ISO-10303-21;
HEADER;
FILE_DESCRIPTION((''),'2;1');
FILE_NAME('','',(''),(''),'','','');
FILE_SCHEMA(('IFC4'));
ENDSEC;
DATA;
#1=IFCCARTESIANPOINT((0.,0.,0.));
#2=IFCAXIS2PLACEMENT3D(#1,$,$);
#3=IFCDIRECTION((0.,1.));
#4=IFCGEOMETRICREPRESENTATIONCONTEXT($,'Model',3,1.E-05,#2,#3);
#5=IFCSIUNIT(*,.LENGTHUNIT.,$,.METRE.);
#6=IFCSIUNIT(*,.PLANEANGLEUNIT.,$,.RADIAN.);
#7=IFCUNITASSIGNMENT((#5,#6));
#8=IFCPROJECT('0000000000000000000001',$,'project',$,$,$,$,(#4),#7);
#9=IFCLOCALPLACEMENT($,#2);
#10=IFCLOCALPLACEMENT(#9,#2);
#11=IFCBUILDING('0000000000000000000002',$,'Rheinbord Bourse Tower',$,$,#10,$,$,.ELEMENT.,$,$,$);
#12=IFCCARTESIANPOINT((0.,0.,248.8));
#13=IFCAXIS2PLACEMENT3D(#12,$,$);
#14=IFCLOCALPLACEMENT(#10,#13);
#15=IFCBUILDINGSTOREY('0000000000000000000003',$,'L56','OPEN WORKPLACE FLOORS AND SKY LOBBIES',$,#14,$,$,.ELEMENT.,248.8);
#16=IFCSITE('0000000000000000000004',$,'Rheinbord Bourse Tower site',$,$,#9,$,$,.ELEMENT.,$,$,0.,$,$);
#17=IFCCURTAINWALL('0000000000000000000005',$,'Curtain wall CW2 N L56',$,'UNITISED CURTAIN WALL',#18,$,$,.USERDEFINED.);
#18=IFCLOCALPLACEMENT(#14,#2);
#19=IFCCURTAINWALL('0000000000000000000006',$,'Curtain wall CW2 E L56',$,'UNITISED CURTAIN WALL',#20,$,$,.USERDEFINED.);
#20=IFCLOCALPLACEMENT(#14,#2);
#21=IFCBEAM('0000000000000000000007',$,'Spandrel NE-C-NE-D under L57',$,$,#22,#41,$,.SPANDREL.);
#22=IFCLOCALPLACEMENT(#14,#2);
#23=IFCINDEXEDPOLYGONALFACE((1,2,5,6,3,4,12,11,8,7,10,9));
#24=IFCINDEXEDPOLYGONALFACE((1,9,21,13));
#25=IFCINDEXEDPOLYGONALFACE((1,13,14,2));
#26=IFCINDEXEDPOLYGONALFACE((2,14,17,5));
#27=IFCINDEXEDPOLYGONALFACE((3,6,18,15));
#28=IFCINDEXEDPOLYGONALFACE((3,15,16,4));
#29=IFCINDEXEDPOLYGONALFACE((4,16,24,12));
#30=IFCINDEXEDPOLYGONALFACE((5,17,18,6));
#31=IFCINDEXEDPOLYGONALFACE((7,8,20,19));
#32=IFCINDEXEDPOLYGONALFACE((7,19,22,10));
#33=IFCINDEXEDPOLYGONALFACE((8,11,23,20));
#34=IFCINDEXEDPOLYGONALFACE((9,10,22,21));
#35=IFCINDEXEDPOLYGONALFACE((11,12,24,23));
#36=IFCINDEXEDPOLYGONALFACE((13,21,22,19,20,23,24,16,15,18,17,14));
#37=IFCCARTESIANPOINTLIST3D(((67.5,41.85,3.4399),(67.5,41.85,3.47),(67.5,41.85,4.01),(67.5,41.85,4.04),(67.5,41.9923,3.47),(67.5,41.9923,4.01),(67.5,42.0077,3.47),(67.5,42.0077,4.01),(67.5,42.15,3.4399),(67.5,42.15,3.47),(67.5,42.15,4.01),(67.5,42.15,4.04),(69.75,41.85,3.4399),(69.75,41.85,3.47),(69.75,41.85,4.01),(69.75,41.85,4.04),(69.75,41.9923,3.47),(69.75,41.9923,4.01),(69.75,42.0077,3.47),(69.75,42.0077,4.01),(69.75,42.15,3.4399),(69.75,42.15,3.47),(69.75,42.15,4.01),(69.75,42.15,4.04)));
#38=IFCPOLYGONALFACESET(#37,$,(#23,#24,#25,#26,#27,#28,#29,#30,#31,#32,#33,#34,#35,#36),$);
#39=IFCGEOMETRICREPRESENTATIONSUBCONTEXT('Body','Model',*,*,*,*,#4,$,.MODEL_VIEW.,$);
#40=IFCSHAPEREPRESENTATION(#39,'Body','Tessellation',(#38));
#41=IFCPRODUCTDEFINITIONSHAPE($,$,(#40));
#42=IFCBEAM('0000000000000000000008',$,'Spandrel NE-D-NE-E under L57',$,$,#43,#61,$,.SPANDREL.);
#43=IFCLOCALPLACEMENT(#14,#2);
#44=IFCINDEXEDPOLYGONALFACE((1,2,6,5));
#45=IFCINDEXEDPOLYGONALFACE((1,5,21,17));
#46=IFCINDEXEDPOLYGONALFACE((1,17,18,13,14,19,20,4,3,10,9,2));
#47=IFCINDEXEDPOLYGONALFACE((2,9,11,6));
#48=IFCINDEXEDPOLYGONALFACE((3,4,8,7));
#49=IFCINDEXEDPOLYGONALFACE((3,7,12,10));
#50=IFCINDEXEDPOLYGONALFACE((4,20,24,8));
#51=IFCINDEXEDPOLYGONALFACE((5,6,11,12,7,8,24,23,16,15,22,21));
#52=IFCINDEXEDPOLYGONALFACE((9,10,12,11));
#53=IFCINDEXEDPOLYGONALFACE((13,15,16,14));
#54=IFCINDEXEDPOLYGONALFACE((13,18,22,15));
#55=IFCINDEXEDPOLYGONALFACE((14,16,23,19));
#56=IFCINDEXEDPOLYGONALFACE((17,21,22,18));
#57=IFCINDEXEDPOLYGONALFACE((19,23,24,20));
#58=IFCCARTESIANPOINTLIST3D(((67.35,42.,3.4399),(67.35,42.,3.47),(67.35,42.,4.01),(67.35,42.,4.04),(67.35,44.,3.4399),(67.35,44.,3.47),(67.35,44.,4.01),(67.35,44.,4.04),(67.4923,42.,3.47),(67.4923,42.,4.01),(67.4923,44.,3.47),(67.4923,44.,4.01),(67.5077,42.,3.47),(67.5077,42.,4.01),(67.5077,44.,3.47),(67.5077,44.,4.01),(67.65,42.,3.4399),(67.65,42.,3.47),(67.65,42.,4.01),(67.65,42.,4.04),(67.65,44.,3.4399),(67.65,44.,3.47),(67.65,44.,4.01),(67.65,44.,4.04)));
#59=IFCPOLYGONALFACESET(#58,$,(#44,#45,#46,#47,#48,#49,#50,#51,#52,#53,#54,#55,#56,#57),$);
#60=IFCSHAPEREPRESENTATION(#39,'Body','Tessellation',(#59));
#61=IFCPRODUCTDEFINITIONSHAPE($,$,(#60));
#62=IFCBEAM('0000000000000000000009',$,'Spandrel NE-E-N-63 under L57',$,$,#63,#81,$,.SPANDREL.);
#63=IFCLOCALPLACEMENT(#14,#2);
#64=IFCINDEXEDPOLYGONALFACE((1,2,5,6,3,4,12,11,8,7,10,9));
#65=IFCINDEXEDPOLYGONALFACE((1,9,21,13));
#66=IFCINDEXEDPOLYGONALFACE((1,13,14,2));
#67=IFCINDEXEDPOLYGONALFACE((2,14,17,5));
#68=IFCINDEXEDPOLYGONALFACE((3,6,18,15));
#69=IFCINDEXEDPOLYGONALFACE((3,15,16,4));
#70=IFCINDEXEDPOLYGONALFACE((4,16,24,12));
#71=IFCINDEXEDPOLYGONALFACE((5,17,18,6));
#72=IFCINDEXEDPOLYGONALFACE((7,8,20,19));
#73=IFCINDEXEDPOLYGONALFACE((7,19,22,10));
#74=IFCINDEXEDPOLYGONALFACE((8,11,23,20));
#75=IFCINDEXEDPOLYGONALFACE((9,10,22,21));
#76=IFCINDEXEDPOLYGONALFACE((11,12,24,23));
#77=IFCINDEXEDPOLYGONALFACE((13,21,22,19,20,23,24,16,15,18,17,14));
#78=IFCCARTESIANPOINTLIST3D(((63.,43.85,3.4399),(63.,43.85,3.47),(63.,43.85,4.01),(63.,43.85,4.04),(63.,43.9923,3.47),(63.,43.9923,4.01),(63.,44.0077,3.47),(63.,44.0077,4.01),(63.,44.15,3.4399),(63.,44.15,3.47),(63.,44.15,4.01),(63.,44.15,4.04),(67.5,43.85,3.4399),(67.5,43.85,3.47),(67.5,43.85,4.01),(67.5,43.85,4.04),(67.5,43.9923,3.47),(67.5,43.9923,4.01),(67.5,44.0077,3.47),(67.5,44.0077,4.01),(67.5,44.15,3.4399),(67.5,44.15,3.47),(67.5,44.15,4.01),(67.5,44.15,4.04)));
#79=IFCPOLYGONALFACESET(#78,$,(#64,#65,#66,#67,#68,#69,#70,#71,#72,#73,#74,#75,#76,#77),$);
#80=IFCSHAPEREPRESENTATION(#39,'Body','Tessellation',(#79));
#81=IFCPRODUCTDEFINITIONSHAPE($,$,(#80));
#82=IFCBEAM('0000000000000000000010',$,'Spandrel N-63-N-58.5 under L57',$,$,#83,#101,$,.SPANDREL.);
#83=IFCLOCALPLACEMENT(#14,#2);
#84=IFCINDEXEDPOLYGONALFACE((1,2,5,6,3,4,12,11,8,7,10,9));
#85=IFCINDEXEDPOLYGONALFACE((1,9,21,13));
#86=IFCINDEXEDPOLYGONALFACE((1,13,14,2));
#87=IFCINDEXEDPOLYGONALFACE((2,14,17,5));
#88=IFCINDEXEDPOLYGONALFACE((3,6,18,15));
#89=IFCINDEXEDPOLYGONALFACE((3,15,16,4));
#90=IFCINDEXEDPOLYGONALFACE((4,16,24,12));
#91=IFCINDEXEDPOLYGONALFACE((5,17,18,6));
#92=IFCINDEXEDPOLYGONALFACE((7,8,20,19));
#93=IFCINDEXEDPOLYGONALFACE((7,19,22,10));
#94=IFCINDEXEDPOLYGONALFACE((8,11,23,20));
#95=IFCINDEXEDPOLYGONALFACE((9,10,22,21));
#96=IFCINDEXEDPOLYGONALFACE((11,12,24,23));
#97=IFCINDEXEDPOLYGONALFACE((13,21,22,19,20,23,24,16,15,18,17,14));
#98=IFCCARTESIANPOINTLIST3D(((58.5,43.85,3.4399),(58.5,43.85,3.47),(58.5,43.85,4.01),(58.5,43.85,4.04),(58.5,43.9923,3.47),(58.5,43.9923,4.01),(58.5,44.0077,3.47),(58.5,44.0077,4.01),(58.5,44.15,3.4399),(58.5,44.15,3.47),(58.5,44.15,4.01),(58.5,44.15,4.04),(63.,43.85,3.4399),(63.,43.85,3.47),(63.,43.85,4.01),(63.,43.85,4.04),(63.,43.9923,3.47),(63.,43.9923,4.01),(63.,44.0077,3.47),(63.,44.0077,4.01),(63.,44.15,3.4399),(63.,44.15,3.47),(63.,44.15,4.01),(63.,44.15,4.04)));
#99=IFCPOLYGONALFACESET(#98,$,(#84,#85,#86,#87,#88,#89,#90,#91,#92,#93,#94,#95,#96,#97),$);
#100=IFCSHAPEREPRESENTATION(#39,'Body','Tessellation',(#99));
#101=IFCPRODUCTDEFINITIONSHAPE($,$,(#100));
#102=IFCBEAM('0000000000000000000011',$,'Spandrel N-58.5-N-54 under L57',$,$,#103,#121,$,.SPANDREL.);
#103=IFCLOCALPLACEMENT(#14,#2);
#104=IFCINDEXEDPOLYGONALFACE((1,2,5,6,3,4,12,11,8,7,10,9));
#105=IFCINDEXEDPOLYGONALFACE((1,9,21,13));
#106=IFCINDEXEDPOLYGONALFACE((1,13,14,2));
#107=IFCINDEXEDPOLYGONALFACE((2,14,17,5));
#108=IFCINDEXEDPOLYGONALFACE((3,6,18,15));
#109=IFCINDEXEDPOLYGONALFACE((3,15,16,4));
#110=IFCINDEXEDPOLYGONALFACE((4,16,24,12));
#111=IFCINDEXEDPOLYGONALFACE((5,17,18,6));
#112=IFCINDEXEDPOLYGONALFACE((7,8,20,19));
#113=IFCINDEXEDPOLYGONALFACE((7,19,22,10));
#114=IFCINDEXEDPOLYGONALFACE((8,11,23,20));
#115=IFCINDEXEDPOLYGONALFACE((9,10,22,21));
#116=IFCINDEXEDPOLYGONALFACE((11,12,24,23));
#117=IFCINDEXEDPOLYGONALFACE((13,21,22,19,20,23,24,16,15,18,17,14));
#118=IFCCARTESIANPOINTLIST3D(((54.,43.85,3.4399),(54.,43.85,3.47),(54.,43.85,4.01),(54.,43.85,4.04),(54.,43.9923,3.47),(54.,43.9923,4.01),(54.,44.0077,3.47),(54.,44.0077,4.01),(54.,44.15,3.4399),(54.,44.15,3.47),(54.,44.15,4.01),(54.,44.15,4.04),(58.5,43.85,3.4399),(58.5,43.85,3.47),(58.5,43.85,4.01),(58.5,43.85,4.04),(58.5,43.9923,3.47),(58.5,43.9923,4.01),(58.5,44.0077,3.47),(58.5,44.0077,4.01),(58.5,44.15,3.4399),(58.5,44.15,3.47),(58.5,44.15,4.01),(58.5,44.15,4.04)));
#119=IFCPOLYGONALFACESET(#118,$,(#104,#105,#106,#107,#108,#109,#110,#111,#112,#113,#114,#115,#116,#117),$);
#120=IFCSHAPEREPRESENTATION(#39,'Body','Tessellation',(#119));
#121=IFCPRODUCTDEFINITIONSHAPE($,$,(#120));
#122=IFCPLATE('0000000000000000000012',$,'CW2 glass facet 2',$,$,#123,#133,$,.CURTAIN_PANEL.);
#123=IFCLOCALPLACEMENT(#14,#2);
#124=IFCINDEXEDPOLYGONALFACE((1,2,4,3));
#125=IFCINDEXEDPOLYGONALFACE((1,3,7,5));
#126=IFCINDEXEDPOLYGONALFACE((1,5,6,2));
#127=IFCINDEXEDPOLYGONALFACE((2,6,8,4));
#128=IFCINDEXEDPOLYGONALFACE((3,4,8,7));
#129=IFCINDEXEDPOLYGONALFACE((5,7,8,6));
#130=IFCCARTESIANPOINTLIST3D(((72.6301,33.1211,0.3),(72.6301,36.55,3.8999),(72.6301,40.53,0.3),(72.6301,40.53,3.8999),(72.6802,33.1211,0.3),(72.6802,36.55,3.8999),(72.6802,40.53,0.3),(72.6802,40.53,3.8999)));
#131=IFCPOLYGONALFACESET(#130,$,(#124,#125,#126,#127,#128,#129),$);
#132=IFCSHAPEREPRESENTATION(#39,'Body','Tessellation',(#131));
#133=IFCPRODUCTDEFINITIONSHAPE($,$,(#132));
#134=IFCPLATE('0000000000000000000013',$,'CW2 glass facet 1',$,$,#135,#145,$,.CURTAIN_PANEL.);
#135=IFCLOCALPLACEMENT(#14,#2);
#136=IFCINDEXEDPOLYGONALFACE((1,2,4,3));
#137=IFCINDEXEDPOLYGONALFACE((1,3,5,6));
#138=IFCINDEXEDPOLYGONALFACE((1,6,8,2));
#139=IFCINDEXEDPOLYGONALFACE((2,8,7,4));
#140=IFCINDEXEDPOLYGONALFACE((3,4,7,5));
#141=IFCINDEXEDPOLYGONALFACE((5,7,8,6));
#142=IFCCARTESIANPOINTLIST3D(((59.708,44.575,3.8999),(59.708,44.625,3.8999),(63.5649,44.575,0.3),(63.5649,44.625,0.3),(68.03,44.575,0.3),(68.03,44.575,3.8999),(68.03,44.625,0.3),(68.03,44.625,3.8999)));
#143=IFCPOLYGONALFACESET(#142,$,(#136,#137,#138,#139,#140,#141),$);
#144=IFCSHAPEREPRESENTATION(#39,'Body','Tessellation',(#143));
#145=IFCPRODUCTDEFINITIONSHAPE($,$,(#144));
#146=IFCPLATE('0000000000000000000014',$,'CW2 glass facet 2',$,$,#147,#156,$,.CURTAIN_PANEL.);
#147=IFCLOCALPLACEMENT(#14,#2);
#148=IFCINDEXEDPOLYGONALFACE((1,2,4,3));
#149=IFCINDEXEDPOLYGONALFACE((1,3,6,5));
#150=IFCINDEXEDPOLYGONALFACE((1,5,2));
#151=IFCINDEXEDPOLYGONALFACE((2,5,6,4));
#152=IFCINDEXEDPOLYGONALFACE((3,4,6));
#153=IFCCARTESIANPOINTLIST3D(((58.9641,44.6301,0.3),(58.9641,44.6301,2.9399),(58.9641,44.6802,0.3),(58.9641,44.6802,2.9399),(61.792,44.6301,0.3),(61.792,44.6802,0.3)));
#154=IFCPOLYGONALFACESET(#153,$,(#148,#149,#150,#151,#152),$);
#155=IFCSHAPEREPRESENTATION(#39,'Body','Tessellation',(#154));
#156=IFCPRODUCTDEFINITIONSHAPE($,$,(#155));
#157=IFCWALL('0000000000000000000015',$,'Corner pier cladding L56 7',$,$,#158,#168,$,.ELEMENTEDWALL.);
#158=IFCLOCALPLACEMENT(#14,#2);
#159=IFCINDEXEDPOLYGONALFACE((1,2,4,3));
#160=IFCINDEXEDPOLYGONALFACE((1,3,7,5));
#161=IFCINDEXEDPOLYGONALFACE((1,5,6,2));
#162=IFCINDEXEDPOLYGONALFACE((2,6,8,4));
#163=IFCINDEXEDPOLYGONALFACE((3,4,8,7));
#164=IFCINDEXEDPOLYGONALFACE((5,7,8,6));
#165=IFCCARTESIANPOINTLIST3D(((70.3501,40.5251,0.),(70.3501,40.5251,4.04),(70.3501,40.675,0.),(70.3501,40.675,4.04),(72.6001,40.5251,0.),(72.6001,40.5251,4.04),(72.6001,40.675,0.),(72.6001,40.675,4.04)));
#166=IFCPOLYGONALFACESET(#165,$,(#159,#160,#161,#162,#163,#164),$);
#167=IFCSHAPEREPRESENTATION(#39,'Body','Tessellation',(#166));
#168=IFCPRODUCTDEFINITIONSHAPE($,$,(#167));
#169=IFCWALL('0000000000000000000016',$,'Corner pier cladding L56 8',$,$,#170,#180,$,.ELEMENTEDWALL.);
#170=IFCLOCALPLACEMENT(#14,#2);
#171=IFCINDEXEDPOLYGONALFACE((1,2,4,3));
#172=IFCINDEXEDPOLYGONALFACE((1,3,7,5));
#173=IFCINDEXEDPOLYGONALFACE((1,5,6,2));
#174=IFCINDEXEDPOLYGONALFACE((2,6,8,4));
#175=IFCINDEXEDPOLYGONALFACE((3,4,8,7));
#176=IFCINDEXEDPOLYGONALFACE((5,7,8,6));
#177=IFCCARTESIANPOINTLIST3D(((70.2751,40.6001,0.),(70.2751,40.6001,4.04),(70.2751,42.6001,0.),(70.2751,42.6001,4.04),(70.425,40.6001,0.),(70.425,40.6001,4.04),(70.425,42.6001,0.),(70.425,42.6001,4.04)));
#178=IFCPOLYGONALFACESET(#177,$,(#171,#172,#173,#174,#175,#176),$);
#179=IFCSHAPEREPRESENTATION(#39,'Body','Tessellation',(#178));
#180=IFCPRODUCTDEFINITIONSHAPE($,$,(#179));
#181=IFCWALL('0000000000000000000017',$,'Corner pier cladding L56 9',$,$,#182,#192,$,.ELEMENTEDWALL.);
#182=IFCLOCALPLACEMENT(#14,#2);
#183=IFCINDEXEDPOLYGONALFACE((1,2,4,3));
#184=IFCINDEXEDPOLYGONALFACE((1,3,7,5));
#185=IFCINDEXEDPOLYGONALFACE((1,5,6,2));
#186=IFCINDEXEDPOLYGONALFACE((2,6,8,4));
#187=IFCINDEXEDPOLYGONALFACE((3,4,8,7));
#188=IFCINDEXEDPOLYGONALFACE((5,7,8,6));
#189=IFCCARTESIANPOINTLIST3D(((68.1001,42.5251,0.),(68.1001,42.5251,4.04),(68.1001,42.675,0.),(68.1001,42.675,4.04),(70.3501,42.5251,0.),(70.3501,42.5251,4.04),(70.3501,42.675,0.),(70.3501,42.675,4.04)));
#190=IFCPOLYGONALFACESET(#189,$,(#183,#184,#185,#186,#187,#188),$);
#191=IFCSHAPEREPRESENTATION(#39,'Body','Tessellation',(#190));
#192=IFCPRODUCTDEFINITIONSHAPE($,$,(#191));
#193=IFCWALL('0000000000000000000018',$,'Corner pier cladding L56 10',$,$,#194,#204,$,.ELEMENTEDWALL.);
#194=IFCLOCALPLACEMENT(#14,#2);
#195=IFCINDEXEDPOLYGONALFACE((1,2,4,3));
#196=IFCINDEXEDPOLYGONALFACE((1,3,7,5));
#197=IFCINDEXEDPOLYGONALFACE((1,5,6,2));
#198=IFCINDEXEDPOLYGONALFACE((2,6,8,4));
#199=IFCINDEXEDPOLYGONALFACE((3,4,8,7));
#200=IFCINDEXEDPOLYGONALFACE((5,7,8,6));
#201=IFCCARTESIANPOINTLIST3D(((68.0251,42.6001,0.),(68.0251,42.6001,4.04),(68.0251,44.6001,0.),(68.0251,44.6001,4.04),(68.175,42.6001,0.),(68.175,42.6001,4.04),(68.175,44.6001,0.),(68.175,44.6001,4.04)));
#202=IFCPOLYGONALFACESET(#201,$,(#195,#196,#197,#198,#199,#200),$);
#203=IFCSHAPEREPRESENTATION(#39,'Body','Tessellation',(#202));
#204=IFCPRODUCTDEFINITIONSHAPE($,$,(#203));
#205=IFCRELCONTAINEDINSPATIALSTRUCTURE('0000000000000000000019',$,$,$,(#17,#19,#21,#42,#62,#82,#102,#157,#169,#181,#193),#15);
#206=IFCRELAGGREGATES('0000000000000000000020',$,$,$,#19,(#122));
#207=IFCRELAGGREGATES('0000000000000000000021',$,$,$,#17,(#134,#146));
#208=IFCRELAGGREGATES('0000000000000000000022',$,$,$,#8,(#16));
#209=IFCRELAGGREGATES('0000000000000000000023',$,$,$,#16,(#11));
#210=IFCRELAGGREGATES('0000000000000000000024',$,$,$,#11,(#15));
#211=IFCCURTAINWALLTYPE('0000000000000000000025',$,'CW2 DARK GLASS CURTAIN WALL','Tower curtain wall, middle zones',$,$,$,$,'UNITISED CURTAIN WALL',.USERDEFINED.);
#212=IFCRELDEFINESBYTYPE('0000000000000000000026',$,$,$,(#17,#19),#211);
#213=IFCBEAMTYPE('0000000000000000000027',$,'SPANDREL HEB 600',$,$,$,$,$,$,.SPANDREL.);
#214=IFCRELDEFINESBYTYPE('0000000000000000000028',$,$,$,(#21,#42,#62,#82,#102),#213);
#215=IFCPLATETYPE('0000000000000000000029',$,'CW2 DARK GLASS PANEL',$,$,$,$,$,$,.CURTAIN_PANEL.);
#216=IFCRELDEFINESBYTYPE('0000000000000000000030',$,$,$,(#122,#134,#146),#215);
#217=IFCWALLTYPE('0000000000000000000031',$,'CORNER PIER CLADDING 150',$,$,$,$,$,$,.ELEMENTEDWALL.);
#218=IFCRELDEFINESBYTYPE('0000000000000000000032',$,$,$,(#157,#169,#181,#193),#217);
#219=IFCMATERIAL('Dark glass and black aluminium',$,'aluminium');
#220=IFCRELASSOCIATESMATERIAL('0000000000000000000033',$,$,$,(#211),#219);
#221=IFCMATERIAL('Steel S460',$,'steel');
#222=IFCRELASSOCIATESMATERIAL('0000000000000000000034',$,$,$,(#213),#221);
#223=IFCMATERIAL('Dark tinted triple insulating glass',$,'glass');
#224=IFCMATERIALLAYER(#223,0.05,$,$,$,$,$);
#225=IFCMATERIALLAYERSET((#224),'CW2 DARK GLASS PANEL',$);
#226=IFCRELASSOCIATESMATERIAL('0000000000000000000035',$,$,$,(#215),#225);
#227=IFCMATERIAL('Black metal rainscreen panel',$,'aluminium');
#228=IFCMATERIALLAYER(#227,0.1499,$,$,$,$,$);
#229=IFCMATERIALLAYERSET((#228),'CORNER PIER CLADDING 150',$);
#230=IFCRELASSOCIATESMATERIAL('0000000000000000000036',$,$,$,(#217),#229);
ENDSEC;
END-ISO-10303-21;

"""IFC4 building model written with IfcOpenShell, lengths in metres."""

from ifc_helpers import new_model, si_unit, direction, frame, frame_2d, origin, origin_2d, place, context, subcontext, project, spatial, polyline, rectangle, i_section, outline, extrude, material, layer, layer_set, material_profile, profile_set, type_object, element, aggregate, save


model = new_model("IFC4")

# Units and contexts
model_context = context("Model", 3, precision=1e-05, world=origin(), true_north=direction((0.0, 1.0)))
body_context = subcontext(model_context, "Body", "Model", "MODEL_VIEW")
ifc_project = project(units=[si_unit("LENGTHUNIT", "METRE"), si_unit("PLANEANGLEUNIT", "RADIAN")], contexts=[model_context])

# Site, building, storey
site_placement = place(None, origin())
site = spatial("IfcSite", under=ifc_project, at=site_placement, Name="Rheinbord Bourse Tower site", CompositionType="ELEMENT", RefElevation=0.0)
building_placement = place(site_placement, origin())
building = spatial("IfcBuilding", under=site, at=building_placement, Name="Rheinbord Bourse Tower", CompositionType="ELEMENT")
storey_placement = place(building_placement, frame((0.0, 0.0, 248.8)))
storey = spatial("IfcBuildingStorey", under=building, at=storey_placement, Name="L56", Description="OPEN WORKPLACE FLOORS AND SKY LOBBIES", CompositionType="ELEMENT", Elevation=248.8)

# Curtain walls
ifc_material_1 = material(Name="Dark glass and black aluminium", Category="aluminium")
curtain_wall_type = type_object("IfcCurtainWallType", Name="CW2 DARK GLASS CURTAIN WALL", Description="Tower curtain wall, middle zones", ElementType="UNITISED CURTAIN WALL", PredefinedType="USERDEFINED", material=ifc_material_1)
curtain_wall_1_placement = place(storey_placement, origin())
curtain_wall_1 = element("IfcCurtainWall", 1, at=curtain_wall_1_placement, inside=storey, type_object=curtain_wall_type, Name="Curtain wall CW2 N L56", ObjectType="UNITISED CURTAIN WALL", PredefinedType="USERDEFINED")
curtain_wall_2_placement = place(storey_placement, origin())
curtain_wall_2 = element("IfcCurtainWall", 2, at=curtain_wall_2_placement, inside=storey, type_object=curtain_wall_type, Name="Curtain wall CW2 E L56", ObjectType="UNITISED CURTAIN WALL", PredefinedType="USERDEFINED")

# Beams
ifc_material_2 = material(Name="Steel S460", Category="steel")
ifc_material_profile_1 = material_profile(ifc_material_2, i_section(OverallWidth=0.3, OverallDepth=0.6001, WebThickness=0.0154, FlangeThickness=0.03, at=origin_2d()), Name="HEB 600")
ifc_profile_set_1 = profile_set([ifc_material_profile_1], Name="Steel S460")
beam_type_1 = type_object("IfcBeamType", Name="SPANDREL HEB 600", PredefinedType="SPANDREL", material=ifc_profile_set_1)
for number, where, z_axis, x_axis, name in (
    (3, (69.75, 42.0, 3.74), (-1.0, 0.0, 0.0), (0.0, -1.0, 0.0), "Spandrel NE-C-NE-D under L57"),
):
    element("IfcBeam", number, at=place(storey_placement, frame(where, z_axis=z_axis, x_axis=x_axis)), inside=storey, type_object=beam_type_1, Name=name, PredefinedType="SPANDREL", context=body_context, shape_type="SweptSolid", body=[
        extrude(i_section(OverallWidth=0.3, OverallDepth=0.6001, WebThickness=0.0154, FlangeThickness=0.03, at=origin_2d()), origin(), (0.0, 0.0, 1.0), 2.25),
    ])
beam_placement = place(storey_placement, frame((67.5, 42.0, 3.74), z_axis=(0.0, 1.0, 0.0), x_axis=(-1.0, 0.0, 0.0)))
element("IfcBeam", 4, at=beam_placement, inside=storey, type_object=beam_type_1, Name="Spandrel NE-D-NE-E under L57", PredefinedType="SPANDREL", context=body_context, shape_type="SweptSolid", body=[
    extrude(i_section(OverallWidth=0.3, OverallDepth=0.6001, WebThickness=0.0154, FlangeThickness=0.03, at=origin_2d()), origin(), (0.0, 0.0, 1.0), 2.0),
])
for number, where, z_axis, x_axis, name in (
    (5, (67.5, 44.0, 3.74), (-1.0, 0.0, 0.0), (0.0, -1.0, 0.0), "Spandrel NE-E-N-63 under L57"),
    (6, (63.0, 44.0, 3.74), (-1.0, 0.0, 0.0), (0.0, -1.0, 0.0), "Spandrel N-63-N-58.5 under L57"),
    (7, (58.5, 44.0, 3.74), (-1.0, 0.0, 0.0), (0.0, -1.0, 0.0), "Spandrel N-58.5-N-54 under L57"),
):
    element("IfcBeam", number, at=place(storey_placement, frame(where, z_axis=z_axis, x_axis=x_axis)), inside=storey, type_object=beam_type_1, Name=name, PredefinedType="SPANDREL", context=body_context, shape_type="SweptSolid", body=[
        extrude(i_section(OverallWidth=0.3, OverallDepth=0.6001, WebThickness=0.0154, FlangeThickness=0.03, at=origin_2d()), origin(), (0.0, 0.0, 1.0), 4.5),
    ])

# Plates
ifc_material_3 = material(Name="Dark tinted triple insulating glass", Category="glass")
ifc_layer_1 = layer(ifc_material_3, 0.05)
ifc_layer_set_1 = layer_set([ifc_layer_1], Name="CW2 DARK GLASS PANEL")
plate_type = type_object("IfcPlateType", Name="CW2 DARK GLASS PANEL", PredefinedType="CURTAIN_PANEL", material=ifc_layer_set_1)
plate_1_placement = place(storey_placement, frame((72.6802, 40.53, 3.8999), z_axis=(-1.0, 0.0, 0.0), x_axis=(0.0, 0.0, -1.0)))
plate_1 = element("IfcPlate", 8, at=plate_1_placement, type_object=plate_type, Name="CW2 glass facet 2", PredefinedType="CURTAIN_PANEL", context=body_context, shape_type="SweptSolid", body=[
    extrude(outline(polyline([(0.0, 0.0), (3.5999, 0.0), (3.5999, 7.4089), (0.0, 3.98), (0.0, 0.0)])), origin(), (0.0, 0.0, 1.0), 0.05),
])
aggregate(curtain_wall_2, [plate_1])
plate_2_placement = place(storey_placement, frame((68.03, 44.625, 0.3), z_axis=(0.0, -1.0, 0.0), x_axis=(0.0, 0.0, 1.0)))
plate_2 = element("IfcPlate", 9, at=plate_2_placement, type_object=plate_type, Name="CW2 glass facet 1", PredefinedType="CURTAIN_PANEL", context=body_context, shape_type="SweptSolid", body=[
    extrude(outline(polyline([(0.0, 0.0), (3.5999, 0.0), (3.5999, 8.322), (0.0, 4.4651), (0.0, 0.0)])), origin(), (0.0, 0.0, 1.0), 0.05),
])
plate_3_placement = place(storey_placement, frame((58.9641, 44.6802, 0.3), z_axis=(0.0, -1.0, 0.0), x_axis=(1.0, 0.0, 0.0)))
plate_3 = element("IfcPlate", 10, at=plate_3_placement, type_object=plate_type, Name="CW2 glass facet 2", PredefinedType="CURTAIN_PANEL", context=body_context, shape_type="SweptSolid", body=[
    extrude(outline(polyline([(0.0, 0.0), (2.8279, 0.0), (0.0, 2.6399), (0.0, 0.0)])), origin(), (0.0, 0.0, 1.0), 0.05),
])
aggregate(curtain_wall_1, [plate_2, plate_3])

# Walls
ifc_material_4 = material(Name="Black metal rainscreen panel", Category="aluminium")
ifc_layer_2 = layer(ifc_material_4, 0.1499)
ifc_layer_set_2 = layer_set([ifc_layer_2], Name="CORNER PIER CLADDING 150")
wall_type = type_object("IfcWallType", Name="CORNER PIER CLADDING 150", PredefinedType="ELEMENTEDWALL", material=ifc_layer_set_2)
wall_1_placement = place(storey_placement, frame((72.6001, 40.6001, 0.0), z_axis=(0.0, 0.0, 1.0), x_axis=(-1.0, 0.0, 0.0)))
element("IfcWall", 11, at=wall_1_placement, inside=storey, type_object=wall_type, Name="Corner pier cladding L56 7", PredefinedType="ELEMENTEDWALL", context=body_context, shape_type="SweptSolid", body=[
    extrude(rectangle(XDim=2.25, YDim=0.1499, at=frame_2d((1.125, 0.0))), origin(), (0.0, 0.0, 1.0), 4.04),
])
wall_2_placement = place(storey_placement, frame((70.3501, 40.6001, 0.0), z_axis=(0.0, 0.0, 1.0), x_axis=(0.0, 1.0, 0.0)))
element("IfcWall", 12, at=wall_2_placement, inside=storey, type_object=wall_type, Name="Corner pier cladding L56 8", PredefinedType="ELEMENTEDWALL", context=body_context, shape_type="SweptSolid", body=[
    extrude(rectangle(XDim=2.0, YDim=0.1499, at=frame_2d((1.0, 0.0))), origin(), (0.0, 0.0, 1.0), 4.04),
])
wall_3_placement = place(storey_placement, frame((70.3501, 42.6001, 0.0), z_axis=(0.0, 0.0, 1.0), x_axis=(-1.0, 0.0, 0.0)))
element("IfcWall", 13, at=wall_3_placement, inside=storey, type_object=wall_type, Name="Corner pier cladding L56 9", PredefinedType="ELEMENTEDWALL", context=body_context, shape_type="SweptSolid", body=[
    extrude(rectangle(XDim=2.25, YDim=0.1499, at=frame_2d((1.125, 0.0))), origin(), (0.0, 0.0, 1.0), 4.04),
])
wall_4_placement = place(storey_placement, frame((68.1001, 42.6001, 0.0), z_axis=(0.0, 0.0, 1.0), x_axis=(0.0, 1.0, 0.0)))
element("IfcWall", 14, at=wall_4_placement, inside=storey, type_object=wall_type, Name="Corner pier cladding L56 10", PredefinedType="ELEMENTEDWALL", context=body_context, shape_type="SweptSolid", body=[
    extrude(rectangle(XDim=2.0, YDim=0.1499, at=frame_2d((1.0, 0.0))), origin(), (0.0, 0.0, 1.0), 4.04),
])

save(model, "model.ifc")
